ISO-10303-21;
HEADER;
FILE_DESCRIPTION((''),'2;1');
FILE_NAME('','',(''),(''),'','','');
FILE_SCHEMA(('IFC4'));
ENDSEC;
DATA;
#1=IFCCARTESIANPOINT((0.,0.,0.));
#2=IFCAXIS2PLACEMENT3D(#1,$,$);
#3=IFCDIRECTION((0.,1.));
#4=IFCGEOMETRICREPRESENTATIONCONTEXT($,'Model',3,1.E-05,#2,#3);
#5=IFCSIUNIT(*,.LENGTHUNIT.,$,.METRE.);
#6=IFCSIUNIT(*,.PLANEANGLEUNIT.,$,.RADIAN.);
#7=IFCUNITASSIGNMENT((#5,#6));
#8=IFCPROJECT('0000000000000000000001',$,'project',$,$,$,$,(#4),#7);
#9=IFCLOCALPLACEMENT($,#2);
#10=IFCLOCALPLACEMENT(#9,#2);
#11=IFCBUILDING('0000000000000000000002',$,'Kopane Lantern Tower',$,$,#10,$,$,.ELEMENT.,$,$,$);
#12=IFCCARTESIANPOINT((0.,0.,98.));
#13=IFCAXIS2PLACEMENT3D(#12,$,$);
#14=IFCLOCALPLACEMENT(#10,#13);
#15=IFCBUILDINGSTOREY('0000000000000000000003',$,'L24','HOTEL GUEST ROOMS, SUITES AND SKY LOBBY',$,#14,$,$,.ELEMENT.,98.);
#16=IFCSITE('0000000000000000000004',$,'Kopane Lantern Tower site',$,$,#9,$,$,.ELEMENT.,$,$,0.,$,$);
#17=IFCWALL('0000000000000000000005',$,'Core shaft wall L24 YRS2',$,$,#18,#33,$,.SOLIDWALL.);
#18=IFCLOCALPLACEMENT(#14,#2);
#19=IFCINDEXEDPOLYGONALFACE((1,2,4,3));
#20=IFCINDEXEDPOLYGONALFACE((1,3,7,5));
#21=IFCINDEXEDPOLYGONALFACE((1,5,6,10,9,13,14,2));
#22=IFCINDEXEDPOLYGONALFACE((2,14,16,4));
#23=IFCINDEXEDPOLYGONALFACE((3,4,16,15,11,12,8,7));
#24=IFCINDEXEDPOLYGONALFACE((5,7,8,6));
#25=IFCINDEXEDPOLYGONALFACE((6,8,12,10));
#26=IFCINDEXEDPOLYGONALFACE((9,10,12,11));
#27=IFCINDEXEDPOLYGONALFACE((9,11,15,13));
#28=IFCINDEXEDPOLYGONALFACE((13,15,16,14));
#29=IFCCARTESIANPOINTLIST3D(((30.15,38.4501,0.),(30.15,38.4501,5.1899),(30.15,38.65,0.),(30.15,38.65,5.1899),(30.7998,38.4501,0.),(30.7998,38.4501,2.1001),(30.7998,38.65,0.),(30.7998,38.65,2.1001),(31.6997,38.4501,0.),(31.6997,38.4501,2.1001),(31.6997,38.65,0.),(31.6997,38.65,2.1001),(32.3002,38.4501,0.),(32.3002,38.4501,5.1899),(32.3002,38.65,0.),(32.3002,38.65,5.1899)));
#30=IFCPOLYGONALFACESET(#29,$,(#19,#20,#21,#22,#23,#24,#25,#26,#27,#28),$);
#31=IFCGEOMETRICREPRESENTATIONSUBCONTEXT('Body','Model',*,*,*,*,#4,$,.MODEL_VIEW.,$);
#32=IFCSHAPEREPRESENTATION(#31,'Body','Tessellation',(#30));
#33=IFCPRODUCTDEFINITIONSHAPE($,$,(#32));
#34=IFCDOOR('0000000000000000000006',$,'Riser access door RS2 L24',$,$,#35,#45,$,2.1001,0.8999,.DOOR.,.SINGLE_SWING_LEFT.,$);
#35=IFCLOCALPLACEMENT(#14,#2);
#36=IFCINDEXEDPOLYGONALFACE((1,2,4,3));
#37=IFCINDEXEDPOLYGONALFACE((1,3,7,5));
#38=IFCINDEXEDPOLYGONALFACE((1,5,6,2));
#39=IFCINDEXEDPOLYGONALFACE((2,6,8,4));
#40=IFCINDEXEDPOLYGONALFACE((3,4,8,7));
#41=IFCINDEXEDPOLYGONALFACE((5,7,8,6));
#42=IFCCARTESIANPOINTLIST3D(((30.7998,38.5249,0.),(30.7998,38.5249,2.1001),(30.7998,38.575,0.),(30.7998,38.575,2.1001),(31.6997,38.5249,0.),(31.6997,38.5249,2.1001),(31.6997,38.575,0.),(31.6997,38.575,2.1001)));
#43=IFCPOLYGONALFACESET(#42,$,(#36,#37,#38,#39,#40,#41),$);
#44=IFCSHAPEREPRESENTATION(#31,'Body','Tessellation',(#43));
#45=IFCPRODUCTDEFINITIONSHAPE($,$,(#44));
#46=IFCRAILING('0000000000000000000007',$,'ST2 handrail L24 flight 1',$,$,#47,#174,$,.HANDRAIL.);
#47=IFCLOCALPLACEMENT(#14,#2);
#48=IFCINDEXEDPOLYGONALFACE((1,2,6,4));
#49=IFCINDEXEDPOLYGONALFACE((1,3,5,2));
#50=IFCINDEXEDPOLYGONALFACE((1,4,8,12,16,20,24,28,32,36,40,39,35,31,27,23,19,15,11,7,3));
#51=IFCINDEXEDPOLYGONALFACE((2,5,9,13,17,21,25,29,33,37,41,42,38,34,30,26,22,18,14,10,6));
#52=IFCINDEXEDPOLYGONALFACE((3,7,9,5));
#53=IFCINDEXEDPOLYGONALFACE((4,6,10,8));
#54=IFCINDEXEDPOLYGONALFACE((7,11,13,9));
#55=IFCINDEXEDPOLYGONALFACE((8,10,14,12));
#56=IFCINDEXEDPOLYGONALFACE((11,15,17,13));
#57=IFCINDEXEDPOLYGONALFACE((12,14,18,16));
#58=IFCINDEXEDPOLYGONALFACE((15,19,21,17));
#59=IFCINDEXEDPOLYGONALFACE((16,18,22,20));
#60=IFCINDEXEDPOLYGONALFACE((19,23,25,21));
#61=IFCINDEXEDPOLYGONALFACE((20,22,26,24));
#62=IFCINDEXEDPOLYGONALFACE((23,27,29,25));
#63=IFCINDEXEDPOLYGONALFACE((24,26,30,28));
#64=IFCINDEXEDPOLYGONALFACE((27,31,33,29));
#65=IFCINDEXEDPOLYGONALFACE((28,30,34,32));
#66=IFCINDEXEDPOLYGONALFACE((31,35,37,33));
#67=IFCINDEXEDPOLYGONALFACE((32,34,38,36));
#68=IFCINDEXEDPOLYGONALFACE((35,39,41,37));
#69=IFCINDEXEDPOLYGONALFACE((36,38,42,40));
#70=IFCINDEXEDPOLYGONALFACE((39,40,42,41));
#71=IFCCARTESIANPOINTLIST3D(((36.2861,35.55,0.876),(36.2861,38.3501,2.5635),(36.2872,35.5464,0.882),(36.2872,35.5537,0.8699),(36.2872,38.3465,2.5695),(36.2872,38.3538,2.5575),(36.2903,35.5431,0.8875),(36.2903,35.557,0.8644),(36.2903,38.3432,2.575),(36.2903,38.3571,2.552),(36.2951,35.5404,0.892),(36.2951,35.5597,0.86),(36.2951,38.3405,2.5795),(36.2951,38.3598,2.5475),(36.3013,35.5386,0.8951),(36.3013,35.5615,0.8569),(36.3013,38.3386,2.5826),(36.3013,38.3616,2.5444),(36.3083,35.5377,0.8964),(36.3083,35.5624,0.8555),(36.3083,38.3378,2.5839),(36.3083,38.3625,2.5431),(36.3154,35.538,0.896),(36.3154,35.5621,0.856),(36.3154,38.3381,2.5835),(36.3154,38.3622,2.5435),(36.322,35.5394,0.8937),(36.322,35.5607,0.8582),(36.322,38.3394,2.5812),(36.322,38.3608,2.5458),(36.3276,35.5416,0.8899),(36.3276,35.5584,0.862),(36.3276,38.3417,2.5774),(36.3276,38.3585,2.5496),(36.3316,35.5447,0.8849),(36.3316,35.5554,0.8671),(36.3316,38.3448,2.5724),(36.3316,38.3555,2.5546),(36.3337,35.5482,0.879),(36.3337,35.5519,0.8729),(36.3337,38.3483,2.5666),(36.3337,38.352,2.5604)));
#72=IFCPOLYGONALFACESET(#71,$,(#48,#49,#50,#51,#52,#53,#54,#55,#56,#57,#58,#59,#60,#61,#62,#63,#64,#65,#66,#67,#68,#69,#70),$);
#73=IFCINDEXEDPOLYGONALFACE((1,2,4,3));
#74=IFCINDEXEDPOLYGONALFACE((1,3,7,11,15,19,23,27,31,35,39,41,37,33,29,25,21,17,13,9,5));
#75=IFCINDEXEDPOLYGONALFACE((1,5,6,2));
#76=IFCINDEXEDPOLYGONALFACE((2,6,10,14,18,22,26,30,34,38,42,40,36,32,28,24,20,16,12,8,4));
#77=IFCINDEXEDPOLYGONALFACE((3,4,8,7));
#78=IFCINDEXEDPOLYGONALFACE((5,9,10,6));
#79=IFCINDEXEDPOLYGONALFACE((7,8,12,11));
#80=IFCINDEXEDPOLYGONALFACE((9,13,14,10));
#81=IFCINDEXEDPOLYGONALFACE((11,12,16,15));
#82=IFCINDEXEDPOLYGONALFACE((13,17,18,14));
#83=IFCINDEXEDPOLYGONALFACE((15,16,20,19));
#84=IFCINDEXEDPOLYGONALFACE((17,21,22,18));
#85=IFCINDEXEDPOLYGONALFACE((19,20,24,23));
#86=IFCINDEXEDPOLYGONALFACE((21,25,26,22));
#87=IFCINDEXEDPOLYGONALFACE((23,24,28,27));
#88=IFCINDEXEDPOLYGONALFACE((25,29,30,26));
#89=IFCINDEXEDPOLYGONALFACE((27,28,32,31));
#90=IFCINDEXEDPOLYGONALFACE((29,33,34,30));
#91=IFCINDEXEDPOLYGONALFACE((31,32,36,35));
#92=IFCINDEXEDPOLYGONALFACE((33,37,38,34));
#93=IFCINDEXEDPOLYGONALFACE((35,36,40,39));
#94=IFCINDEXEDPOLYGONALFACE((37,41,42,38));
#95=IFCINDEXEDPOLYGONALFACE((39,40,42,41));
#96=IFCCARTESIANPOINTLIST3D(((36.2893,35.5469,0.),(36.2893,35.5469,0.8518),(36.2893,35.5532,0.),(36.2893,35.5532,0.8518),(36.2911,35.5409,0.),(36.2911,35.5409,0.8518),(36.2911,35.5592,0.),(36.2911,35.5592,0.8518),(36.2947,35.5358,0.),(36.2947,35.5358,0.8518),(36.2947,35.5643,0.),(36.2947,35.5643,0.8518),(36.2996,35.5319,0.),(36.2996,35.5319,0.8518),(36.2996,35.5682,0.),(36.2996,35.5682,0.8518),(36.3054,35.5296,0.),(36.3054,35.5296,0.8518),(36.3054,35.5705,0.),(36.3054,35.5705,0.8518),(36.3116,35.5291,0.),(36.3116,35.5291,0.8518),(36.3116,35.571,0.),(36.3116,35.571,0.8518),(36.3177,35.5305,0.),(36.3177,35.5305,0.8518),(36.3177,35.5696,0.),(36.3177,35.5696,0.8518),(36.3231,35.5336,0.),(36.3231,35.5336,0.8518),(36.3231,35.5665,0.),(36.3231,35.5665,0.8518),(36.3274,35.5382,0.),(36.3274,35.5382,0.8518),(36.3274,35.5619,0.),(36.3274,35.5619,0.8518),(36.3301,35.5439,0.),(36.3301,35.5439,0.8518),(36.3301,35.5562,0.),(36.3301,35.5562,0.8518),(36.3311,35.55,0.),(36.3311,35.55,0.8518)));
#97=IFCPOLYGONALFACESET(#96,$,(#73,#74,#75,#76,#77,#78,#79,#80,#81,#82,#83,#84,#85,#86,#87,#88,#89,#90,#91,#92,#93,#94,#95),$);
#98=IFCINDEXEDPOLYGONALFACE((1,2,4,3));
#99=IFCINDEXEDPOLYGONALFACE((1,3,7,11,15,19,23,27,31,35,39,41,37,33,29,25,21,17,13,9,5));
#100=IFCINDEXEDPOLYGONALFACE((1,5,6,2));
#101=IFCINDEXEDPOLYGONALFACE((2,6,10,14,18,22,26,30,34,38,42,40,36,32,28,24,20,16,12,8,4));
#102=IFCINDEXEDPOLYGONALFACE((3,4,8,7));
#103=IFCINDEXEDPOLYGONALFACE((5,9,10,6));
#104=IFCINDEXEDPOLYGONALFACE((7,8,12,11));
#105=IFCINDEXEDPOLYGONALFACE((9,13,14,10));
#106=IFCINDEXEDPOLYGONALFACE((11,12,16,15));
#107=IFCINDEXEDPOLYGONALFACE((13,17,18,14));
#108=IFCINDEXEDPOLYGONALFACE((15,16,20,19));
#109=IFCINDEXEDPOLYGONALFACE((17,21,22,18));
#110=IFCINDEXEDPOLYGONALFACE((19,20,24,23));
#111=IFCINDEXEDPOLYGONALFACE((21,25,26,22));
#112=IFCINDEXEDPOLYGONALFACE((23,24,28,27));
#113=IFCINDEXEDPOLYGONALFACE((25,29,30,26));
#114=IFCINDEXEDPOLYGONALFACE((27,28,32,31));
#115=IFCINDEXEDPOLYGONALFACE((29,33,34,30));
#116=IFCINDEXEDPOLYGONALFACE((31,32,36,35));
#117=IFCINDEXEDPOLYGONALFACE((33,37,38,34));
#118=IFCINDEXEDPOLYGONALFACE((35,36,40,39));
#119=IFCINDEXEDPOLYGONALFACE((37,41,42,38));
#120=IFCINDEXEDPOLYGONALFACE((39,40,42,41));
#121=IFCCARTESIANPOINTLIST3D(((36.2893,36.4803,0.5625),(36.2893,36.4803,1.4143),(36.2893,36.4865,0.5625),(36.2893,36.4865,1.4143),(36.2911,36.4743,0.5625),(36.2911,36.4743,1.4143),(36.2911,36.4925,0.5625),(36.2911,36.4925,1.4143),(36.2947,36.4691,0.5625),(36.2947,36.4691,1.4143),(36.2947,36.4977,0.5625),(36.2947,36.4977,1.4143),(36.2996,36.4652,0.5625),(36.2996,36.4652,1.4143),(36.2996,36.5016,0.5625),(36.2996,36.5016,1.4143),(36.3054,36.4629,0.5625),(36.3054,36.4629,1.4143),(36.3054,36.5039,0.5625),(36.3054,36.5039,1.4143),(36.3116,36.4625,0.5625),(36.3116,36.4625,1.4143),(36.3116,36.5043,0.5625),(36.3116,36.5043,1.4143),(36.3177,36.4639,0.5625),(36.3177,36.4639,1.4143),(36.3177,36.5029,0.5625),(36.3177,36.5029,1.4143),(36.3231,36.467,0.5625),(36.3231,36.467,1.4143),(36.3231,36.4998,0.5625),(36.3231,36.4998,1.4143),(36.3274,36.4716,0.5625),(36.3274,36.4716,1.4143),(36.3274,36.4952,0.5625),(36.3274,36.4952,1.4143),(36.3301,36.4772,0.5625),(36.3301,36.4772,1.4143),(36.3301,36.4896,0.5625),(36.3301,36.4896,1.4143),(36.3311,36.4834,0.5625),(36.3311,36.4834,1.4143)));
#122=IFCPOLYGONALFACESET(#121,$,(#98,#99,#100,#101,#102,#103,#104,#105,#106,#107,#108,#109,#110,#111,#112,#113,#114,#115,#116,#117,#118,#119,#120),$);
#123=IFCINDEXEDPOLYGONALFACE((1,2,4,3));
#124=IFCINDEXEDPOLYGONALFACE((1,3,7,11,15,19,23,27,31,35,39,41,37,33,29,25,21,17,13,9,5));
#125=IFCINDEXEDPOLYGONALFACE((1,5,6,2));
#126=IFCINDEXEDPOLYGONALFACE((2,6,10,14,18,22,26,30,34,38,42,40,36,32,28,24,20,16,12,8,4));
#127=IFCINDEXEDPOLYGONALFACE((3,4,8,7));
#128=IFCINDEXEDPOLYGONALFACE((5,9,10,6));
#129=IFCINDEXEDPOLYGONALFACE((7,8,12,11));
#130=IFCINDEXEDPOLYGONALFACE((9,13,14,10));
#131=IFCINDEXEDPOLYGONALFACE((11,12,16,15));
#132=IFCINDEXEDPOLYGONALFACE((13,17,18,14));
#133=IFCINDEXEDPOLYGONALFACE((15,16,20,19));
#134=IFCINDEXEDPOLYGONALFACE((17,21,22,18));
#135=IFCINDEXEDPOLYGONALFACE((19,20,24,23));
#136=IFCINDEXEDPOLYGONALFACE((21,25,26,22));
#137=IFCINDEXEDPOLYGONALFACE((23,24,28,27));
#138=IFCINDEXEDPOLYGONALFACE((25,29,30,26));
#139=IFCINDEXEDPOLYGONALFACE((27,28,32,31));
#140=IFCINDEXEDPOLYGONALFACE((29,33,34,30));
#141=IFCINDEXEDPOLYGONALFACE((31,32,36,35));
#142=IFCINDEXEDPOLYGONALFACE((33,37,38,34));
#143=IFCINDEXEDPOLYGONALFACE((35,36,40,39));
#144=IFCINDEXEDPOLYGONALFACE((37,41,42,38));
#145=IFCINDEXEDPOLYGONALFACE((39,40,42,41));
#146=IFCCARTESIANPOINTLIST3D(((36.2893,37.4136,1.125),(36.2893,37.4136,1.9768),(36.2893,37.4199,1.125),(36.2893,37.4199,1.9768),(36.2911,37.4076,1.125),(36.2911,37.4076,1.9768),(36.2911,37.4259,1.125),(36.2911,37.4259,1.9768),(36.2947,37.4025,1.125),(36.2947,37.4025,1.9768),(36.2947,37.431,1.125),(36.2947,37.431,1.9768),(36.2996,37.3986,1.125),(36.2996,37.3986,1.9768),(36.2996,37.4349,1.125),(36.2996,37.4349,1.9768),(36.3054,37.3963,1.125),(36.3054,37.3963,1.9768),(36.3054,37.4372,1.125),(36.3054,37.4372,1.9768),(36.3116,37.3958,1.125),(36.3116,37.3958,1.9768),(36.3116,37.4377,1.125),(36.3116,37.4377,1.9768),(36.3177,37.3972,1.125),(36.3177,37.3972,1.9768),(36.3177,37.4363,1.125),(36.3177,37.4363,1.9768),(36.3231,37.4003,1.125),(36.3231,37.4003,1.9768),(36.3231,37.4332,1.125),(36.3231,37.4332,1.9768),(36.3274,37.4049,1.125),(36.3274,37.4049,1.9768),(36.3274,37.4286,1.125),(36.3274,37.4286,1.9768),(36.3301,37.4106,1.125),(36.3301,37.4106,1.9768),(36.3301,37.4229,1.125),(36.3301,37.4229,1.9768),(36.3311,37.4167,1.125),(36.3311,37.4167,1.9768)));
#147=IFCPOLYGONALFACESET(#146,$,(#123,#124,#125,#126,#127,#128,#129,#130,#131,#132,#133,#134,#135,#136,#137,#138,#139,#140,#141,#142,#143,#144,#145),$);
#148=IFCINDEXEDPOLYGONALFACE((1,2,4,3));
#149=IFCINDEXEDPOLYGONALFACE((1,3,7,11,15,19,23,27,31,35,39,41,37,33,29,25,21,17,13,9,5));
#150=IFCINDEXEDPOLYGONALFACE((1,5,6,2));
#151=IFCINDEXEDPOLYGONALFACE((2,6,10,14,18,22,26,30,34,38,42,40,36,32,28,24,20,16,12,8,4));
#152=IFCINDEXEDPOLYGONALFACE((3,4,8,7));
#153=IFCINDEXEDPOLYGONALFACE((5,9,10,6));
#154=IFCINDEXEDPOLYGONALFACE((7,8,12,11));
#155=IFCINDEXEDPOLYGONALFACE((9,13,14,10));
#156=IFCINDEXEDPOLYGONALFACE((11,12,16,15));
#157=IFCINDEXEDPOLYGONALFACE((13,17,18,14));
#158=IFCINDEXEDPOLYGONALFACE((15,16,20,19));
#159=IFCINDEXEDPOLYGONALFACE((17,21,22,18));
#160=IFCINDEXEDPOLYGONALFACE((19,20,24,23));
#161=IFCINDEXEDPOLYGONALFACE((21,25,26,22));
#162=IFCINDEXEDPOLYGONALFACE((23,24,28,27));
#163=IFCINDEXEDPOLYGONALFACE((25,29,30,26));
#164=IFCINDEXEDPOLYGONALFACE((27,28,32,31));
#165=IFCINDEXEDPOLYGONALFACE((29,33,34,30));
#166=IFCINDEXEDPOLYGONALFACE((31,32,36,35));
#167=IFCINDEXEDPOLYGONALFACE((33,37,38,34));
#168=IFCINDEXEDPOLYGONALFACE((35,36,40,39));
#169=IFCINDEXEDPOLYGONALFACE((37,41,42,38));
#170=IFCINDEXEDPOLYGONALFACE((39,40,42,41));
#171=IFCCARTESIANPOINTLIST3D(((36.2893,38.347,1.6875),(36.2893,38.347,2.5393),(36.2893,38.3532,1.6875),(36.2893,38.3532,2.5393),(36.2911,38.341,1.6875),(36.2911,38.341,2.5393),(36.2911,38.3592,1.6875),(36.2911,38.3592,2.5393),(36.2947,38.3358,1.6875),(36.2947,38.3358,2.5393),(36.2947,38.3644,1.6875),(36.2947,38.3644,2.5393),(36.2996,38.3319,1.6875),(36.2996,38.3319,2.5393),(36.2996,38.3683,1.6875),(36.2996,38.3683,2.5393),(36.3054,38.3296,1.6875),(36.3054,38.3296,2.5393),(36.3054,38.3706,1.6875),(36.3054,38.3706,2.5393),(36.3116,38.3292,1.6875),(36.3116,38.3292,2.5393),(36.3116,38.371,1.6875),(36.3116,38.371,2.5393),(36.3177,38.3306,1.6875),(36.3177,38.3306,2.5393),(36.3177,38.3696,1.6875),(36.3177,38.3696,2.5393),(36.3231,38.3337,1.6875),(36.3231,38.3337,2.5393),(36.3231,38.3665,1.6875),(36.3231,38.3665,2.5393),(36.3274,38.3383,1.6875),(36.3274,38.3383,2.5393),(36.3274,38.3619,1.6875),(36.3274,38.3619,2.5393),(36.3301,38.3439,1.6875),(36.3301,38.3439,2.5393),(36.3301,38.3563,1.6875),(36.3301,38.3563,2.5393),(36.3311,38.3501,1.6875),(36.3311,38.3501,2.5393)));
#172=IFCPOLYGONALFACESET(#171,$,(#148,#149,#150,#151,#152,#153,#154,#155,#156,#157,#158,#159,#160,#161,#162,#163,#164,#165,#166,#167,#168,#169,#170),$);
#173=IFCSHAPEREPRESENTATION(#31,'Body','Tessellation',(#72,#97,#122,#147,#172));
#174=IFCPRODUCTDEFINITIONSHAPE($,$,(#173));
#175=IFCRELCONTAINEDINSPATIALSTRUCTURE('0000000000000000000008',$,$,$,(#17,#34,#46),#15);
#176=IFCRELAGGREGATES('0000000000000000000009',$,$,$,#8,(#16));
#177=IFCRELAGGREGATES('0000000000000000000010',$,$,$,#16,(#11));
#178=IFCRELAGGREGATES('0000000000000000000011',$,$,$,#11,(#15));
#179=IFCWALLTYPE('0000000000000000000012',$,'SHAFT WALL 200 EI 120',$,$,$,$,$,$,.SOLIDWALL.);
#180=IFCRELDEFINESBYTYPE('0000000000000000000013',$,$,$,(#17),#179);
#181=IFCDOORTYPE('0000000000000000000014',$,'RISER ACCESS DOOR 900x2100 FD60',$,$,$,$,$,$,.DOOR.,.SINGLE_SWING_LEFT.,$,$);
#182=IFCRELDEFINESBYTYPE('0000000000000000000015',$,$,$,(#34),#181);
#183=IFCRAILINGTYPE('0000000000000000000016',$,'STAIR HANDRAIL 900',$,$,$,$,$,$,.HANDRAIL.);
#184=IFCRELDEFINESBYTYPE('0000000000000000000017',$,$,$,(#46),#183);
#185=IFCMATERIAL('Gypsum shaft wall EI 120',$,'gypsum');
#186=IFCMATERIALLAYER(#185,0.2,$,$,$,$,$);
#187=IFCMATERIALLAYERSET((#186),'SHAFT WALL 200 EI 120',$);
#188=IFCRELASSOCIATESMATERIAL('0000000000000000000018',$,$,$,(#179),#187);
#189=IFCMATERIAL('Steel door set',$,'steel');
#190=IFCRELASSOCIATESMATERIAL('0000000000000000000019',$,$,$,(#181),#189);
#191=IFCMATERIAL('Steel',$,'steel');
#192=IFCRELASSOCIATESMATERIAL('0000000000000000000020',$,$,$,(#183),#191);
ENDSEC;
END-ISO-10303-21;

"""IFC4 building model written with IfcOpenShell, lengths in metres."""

from ifc_helpers import new_model, si_unit, direction, frame, frame_2d, origin, origin_2d, place, context, subcontext, project, spatial, rectangle, circle, extrude, material, layer, layer_set, type_object, element, fill, save


model = new_model("IFC4")

# Units and contexts
model_context = context("Model", 3, precision=1e-05, world=origin(), true_north=direction((0.0, 1.0)))
body_context = subcontext(model_context, "Body", "Model", "MODEL_VIEW")
ifc_project = project(units=[si_unit("LENGTHUNIT", "METRE"), si_unit("PLANEANGLEUNIT", "RADIAN")], contexts=[model_context])

# Site, building, storey
site_placement = place(None, origin())
site = spatial("IfcSite", under=ifc_project, at=site_placement, Name="Kopane Lantern Tower site", CompositionType="ELEMENT", RefElevation=0.0)
building_placement = place(site_placement, origin())
building = spatial("IfcBuilding", under=site, at=building_placement, Name="Kopane Lantern Tower", CompositionType="ELEMENT")
storey_placement = place(building_placement, frame((0.0, 0.0, 98.0)))
storey = spatial("IfcBuildingStorey", under=building, at=storey_placement, Name="L24", Description="HOTEL GUEST ROOMS, SUITES AND SKY LOBBY", CompositionType="ELEMENT", Elevation=98.0)

# Shared definitions
ifc_material_1 = material(Name="Gypsum shaft wall EI 120", Category="gypsum")
ifc_layer_1 = layer(ifc_material_1, 0.2)
ifc_layer_set_1 = layer_set([ifc_layer_1], Name="SHAFT WALL 200 EI 120")
wall_type_1 = type_object("IfcWallType", Name="SHAFT WALL 200 EI 120", PredefinedType="SOLIDWALL", material=ifc_layer_set_1)

# Wall, opening, door
wall_1_placement = place(storey_placement, frame((30.1499, 38.55, 0.0), z_axis=(0.0, 0.0, 1.0), x_axis=(1.0, 0.0, 0.0)))
wall_1 = element("IfcWall", 1, at=wall_1_placement, inside=storey, type_object=wall_type_1, Name="Core shaft wall L24 YRS2", PredefinedType="SOLIDWALL", context=body_context, shape_type="SweptSolid", body=[
    extrude(rectangle(XDim=2.1501, YDim=0.2, at=frame_2d((1.0752, 0.0))), origin(), (0.0, 0.0, 1.0), 5.1899),
])
opening_1_placement = place(wall_1_placement, frame((0.6499, 0.0, 0.0)))
opening_1 = element("IfcOpeningElement", 2, at=opening_1_placement, cuts=wall_1, PredefinedType="OPENING", context=body_context, shape_type="SweptSolid", body=[
    extrude(rectangle(XDim=0.8999, YDim=2.1001, at=frame_2d((0.45, 1.05))), frame((0.0, 0.1099, 0.0), z_axis=(0.0, -1.0, 0.0), x_axis=(1.0, 0.0, 0.0)), (0.0, 0.0, 1.0), 0.22),
])
ifc_material_2 = material(Name="Steel door set", Category="steel")
door_type_1 = type_object("IfcDoorType", Name="RISER ACCESS DOOR 900x2100 FD60", OperationType="SINGLE_SWING_LEFT", PredefinedType="DOOR", material=ifc_material_2)
door_1_placement = place(opening_1_placement, origin())
door_1 = element("IfcDoor", 3, at=door_1_placement, inside=storey, type_object=door_type_1, Name="Riser access door RS2 L24", OperationType="SINGLE_SWING_LEFT", OverallHeight=2.1001, OverallWidth=0.8999, PredefinedType="DOOR", context=body_context, shape_type="SweptSolid", body=[
    extrude(rectangle(XDim=0.8999, YDim=2.1001, at=frame_2d((0.45, 1.05))), frame((0.0, 0.0249, 0.0), z_axis=(0.0, -1.0, 0.0), x_axis=(1.0, 0.0, 0.0)), (0.0, 0.0, 1.0), 0.05),
])
fill(opening_1, door_1)

# Railing
ifc_material_3 = material(Name="Steel", Category="steel")
railing_type = type_object("IfcRailingType", Name="STAIR HANDRAIL 900", PredefinedType="HANDRAIL", material=ifc_material_3)
railing_1_placement = place(storey_placement, frame((36.3101, 35.55, 0.0)))
element("IfcRailing", 4, at=railing_1_placement, inside=storey, type_object=railing_type, Name="ST2 handrail L24 flight 1", PredefinedType="HANDRAIL", context=body_context, shape_type="SweptSolid", body=[
    extrude(circle(Radius=0.0239, at=origin_2d()), frame((0.0, 0.0, 0.876), z_axis=(0.0, 0.856483, 0.516175), x_axis=(-1.0, 0.0, 0.0)), (0.0, 0.0, 1.0), 3.2693),
    extrude(circle(Radius=0.021, at=origin_2d()), origin(), (0.0, 0.0, 1.0), 0.8518),
    extrude(circle(Radius=0.021, at=origin_2d()), frame((0.0, 0.9333, 0.5625)), (0.0, 0.0, 1.0), 0.8518),
    extrude(circle(Radius=0.021, at=origin_2d()), frame((0.0, 1.8667, 1.125)), (0.0, 0.0, 1.0), 0.8518),
    extrude(circle(Radius=0.021, at=origin_2d()), frame((0.0, 2.8, 1.6875)), (0.0, 0.0, 1.0), 0.8518),
])

save(model, "model.ifc")
